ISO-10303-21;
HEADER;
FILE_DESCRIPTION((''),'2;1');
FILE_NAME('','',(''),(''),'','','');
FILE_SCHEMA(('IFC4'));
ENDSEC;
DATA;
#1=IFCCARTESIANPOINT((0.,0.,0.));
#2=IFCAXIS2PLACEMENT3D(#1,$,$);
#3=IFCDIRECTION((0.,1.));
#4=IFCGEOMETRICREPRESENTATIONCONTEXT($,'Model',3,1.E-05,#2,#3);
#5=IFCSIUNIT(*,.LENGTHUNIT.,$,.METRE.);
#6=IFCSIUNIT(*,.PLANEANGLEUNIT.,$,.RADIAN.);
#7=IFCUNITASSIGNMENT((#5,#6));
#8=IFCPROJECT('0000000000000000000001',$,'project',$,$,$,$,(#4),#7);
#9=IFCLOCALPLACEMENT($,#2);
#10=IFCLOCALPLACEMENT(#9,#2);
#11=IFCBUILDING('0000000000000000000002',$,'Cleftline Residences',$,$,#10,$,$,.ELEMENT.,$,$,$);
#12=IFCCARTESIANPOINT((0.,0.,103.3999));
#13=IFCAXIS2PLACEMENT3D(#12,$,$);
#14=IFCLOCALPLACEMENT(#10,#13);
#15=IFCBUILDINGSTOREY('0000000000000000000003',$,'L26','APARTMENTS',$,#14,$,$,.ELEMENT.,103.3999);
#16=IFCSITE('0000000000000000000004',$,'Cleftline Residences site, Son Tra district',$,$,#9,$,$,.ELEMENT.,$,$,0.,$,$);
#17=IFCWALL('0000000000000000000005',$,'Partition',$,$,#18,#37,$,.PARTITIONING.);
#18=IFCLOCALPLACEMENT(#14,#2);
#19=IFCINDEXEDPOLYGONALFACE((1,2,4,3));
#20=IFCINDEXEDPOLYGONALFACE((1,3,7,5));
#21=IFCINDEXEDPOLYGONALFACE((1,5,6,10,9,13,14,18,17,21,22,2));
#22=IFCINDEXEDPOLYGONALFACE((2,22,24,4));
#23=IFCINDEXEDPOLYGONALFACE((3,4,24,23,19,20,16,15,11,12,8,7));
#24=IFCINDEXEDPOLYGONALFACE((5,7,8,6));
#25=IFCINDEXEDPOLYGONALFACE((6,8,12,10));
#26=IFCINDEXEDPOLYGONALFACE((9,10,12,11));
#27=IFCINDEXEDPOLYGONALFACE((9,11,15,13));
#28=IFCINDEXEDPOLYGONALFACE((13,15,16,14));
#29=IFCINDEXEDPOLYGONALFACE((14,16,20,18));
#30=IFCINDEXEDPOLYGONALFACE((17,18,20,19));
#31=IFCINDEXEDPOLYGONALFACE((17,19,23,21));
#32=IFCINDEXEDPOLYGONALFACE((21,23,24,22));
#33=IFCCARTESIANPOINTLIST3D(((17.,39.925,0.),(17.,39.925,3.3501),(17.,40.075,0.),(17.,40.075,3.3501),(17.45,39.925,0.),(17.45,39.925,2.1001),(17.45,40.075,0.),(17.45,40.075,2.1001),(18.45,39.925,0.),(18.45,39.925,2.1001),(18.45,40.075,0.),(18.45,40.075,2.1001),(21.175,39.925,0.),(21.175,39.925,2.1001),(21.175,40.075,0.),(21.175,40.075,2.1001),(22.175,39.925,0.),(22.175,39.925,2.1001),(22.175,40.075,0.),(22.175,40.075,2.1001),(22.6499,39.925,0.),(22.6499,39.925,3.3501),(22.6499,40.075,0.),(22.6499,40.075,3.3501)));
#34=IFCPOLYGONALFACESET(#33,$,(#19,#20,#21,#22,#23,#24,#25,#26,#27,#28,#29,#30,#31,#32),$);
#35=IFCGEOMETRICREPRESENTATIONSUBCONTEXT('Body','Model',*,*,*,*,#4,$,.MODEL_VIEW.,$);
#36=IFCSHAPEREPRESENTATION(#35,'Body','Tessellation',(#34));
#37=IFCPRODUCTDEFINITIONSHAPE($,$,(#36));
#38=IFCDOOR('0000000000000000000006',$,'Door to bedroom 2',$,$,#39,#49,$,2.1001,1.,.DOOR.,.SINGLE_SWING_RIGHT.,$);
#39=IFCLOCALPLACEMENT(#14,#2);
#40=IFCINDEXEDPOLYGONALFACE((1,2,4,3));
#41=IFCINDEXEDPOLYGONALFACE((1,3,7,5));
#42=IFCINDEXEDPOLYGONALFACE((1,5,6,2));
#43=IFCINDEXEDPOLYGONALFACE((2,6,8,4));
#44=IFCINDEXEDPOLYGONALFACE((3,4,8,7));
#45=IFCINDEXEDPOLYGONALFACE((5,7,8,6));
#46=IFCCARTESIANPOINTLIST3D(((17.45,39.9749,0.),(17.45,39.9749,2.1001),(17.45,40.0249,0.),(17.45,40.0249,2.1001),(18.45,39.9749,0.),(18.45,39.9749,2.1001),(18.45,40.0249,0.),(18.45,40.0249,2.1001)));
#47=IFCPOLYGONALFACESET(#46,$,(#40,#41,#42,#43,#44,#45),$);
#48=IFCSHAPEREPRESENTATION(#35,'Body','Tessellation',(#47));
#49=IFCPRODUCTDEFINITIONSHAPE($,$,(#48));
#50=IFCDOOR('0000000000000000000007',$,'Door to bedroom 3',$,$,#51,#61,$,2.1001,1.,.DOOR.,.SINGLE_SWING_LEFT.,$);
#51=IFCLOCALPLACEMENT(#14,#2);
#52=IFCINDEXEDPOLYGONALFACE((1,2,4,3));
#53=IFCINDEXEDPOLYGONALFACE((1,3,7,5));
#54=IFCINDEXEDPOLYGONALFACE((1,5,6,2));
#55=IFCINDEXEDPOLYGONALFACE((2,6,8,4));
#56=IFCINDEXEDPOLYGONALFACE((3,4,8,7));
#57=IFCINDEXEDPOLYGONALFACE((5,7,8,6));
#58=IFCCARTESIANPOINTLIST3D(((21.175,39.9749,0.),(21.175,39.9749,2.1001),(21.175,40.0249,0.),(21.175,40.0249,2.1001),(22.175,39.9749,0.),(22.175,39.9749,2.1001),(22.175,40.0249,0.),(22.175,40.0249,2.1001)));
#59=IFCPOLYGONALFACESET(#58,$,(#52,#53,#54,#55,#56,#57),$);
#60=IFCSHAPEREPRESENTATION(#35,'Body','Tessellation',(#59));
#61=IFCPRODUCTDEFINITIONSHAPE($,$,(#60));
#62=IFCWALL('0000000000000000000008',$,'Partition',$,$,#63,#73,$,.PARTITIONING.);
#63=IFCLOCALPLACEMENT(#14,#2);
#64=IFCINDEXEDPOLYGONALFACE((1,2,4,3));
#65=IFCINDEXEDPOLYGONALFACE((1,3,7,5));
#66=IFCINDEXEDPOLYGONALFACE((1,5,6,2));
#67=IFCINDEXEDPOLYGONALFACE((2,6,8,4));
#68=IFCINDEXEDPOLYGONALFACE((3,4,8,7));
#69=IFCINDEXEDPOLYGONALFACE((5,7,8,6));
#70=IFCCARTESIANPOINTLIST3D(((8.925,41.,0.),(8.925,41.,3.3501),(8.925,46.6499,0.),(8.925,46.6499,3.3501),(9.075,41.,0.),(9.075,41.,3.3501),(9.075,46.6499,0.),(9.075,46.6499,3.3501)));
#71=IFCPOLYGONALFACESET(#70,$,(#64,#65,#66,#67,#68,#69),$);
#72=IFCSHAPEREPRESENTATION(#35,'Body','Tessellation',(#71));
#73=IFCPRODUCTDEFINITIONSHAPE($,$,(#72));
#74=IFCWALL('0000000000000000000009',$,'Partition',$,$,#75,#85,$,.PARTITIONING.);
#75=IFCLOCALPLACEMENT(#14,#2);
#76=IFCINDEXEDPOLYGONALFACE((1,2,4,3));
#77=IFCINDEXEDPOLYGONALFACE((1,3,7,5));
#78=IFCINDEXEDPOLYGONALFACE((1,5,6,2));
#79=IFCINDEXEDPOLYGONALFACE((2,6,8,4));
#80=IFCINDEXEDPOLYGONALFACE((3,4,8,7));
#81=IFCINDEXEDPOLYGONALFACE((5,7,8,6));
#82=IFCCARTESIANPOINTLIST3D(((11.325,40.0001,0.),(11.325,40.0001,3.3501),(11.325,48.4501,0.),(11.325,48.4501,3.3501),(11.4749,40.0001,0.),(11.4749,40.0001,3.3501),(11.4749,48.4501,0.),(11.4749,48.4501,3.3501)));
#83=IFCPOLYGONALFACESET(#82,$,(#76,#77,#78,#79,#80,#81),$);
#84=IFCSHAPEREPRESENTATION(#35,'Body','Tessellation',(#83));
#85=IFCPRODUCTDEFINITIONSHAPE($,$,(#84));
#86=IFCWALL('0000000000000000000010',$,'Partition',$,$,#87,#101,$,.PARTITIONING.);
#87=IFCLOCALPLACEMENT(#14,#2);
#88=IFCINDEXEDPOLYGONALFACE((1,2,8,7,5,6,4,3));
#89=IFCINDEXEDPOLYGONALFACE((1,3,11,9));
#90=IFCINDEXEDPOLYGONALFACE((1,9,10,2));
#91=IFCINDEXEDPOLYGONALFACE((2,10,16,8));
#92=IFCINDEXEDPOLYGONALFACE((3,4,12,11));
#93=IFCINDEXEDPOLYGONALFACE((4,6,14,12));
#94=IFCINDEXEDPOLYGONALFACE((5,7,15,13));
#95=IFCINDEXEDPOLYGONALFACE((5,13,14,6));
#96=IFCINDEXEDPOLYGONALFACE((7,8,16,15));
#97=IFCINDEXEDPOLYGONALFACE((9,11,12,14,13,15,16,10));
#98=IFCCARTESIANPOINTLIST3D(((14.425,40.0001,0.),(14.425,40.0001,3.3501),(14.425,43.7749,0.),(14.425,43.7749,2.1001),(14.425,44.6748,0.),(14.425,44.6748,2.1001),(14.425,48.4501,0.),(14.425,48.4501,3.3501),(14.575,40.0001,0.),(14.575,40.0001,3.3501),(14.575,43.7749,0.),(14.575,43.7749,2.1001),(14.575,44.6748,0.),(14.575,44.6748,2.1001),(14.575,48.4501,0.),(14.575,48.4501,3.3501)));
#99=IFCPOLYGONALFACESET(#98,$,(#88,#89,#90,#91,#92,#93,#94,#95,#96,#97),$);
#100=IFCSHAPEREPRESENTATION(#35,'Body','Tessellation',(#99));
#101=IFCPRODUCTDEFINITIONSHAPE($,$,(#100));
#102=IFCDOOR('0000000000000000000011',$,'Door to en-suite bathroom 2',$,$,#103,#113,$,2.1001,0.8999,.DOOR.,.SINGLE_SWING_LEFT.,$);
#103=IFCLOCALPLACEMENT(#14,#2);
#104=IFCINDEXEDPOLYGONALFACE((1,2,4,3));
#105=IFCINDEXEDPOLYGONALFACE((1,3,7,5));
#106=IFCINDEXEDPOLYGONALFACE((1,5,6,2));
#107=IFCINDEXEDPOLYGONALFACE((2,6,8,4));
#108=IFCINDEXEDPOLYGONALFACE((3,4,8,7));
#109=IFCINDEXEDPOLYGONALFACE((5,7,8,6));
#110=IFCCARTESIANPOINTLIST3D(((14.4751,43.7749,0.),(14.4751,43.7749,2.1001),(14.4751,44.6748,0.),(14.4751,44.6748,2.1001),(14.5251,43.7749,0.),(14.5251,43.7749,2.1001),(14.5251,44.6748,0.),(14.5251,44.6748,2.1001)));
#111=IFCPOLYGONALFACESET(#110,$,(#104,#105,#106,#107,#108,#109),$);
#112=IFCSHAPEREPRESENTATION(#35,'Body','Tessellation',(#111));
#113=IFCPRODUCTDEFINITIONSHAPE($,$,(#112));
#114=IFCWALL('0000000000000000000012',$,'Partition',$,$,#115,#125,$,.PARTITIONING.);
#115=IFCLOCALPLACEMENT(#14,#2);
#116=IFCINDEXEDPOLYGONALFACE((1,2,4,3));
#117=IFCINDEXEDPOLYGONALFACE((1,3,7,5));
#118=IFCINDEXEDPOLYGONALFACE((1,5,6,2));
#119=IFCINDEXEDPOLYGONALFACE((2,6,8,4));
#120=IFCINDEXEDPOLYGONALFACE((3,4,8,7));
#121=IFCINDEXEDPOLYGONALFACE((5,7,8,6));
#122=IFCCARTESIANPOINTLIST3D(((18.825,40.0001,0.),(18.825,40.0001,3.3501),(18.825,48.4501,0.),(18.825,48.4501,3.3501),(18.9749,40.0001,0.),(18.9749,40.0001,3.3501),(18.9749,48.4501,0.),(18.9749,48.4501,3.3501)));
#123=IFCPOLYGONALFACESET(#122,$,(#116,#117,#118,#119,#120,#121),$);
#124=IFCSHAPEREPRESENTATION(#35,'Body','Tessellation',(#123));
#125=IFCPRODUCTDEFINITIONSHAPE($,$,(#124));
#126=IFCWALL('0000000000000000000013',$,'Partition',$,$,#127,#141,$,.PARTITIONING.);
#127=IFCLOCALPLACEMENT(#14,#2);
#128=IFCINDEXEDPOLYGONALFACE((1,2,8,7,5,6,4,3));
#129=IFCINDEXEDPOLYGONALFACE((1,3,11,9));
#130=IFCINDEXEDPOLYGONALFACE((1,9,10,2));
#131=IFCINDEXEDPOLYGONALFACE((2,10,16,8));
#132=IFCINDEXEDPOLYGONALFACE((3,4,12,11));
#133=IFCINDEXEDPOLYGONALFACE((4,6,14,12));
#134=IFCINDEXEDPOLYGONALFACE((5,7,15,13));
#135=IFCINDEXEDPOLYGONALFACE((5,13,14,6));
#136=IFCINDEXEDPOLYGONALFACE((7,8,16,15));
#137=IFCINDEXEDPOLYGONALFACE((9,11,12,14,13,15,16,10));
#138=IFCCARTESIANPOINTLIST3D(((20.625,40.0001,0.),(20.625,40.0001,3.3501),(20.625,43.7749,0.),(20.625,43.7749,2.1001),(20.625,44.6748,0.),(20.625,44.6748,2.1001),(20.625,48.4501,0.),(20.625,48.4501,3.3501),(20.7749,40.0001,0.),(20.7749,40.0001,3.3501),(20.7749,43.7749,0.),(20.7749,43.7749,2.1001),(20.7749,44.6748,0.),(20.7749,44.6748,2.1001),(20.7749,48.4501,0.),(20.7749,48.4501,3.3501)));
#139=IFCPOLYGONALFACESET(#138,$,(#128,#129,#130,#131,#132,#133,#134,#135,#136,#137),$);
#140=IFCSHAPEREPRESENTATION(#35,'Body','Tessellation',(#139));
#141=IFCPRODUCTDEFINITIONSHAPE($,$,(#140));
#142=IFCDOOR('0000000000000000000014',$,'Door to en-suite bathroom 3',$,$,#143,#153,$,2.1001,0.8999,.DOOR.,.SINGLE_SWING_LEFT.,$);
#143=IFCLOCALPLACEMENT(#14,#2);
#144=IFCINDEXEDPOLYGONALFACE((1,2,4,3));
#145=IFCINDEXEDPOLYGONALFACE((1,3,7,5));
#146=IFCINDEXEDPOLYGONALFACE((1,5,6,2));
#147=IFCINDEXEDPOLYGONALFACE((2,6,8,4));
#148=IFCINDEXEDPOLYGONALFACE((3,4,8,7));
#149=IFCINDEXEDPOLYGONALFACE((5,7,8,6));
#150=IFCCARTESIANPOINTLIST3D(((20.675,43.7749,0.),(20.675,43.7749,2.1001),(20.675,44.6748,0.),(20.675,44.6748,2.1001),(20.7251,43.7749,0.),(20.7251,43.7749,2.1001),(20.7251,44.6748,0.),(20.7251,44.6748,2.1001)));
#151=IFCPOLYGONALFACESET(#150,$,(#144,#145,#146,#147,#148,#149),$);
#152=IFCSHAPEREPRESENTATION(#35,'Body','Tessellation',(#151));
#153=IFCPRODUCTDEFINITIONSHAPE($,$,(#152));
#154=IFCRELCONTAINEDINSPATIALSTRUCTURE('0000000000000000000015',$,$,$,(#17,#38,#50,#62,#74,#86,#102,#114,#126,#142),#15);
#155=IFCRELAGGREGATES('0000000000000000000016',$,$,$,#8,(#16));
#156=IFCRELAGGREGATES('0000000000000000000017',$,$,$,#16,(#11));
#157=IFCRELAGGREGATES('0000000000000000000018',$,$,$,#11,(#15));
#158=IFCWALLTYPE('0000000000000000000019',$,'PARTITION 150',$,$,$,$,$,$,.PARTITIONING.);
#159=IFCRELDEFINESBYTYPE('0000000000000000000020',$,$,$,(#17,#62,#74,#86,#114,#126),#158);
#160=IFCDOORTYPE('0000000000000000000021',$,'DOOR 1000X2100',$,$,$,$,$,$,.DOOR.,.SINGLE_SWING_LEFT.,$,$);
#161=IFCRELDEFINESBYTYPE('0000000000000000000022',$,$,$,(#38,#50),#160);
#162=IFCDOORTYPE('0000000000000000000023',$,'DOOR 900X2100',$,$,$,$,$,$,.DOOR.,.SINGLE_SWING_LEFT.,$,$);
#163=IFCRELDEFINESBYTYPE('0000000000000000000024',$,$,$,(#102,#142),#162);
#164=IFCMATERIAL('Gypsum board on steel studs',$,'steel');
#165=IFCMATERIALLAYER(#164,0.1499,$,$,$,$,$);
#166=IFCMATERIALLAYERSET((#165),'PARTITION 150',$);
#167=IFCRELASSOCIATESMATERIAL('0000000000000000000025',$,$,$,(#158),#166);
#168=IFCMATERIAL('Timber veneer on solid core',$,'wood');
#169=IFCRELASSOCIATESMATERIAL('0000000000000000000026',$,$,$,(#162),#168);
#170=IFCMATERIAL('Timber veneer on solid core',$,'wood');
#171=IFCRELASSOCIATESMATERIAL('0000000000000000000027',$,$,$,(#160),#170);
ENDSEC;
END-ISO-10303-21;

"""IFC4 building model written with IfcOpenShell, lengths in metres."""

from ifc_helpers import new_model, si_unit, direction, frame, frame_2d, origin, place, context, subcontext, project, spatial, rectangle, extrude, material, layer, layer_set, type_object, element, fill, save


model = new_model("IFC4")

# Units and contexts
model_context = context("Model", 3, precision=1e-05, world=origin(), true_north=direction((0.0, 1.0)))
body_context = subcontext(model_context, "Body", "Model", "MODEL_VIEW")
ifc_project = project(units=[si_unit("LENGTHUNIT", "METRE"), si_unit("PLANEANGLEUNIT", "RADIAN")], contexts=[model_context])

# Site, building, storey
site_placement = place(None, origin())
site = spatial("IfcSite", under=ifc_project, at=site_placement, Name="Cleftline Residences site, Son Tra district", CompositionType="ELEMENT", RefElevation=0.0)
building_placement = place(site_placement, origin())
building = spatial("IfcBuilding", under=site, at=building_placement, Name="Cleftline Residences", CompositionType="ELEMENT")
storey_placement = place(building_placement, frame((0.0, 0.0, 103.3999)))
storey = spatial("IfcBuildingStorey", under=building, at=storey_placement, Name="L26", Description="APARTMENTS", CompositionType="ELEMENT", Elevation=103.3999)

# Shared definitions
ifc_material_1 = material(Name="Gypsum board on steel studs", Category="steel")
ifc_layer = layer(ifc_material_1, 0.1499)
ifc_layer_set = layer_set([ifc_layer], Name="PARTITION 150")
wall_type = type_object("IfcWallType", Name="PARTITION 150", PredefinedType="PARTITIONING", material=ifc_layer_set)
ifc_material_2 = material(Name="Timber veneer on solid core", Category="wood")
door_type_1 = type_object("IfcDoorType", Name="DOOR 900X2100", OperationType="SINGLE_SWING_LEFT", PredefinedType="DOOR", material=ifc_material_2)

# Wall, openings, doors
wall_1_placement = place(storey_placement, frame((17.0, 40.0, 0.0), z_axis=(0.0, 0.0, 1.0), x_axis=(1.0, 0.0, 0.0)))
wall_1 = element("IfcWall", 1, at=wall_1_placement, inside=storey, type_object=wall_type, Name="Partition", PredefinedType="PARTITIONING", context=body_context, shape_type="SweptSolid", body=[
    extrude(rectangle(XDim=5.6499, YDim=0.1499, at=frame_2d((2.825, 0.0))), origin(), (0.0, 0.0, 1.0), 3.3501),
])
opening_1_placement = place(wall_1_placement, frame((0.45, 0.0, 0.0)))
opening_1 = element("IfcOpeningElement", 2, at=opening_1_placement, cuts=wall_1, PredefinedType="OPENING", context=body_context, shape_type="SweptSolid", body=[
    extrude(rectangle(XDim=1.0, YDim=2.1001, at=frame_2d((0.5, 1.05))), frame((0.0, 0.085, 0.0), z_axis=(0.0, -1.0, 0.0), x_axis=(1.0, 0.0, 0.0)), (0.0, 0.0, 1.0), 0.1699),
])
opening_2_placement = place(wall_1_placement, frame((4.175, 0.0, 0.0)))
opening_2 = element("IfcOpeningElement", 3, at=opening_2_placement, cuts=wall_1, PredefinedType="OPENING", context=body_context, shape_type="SweptSolid", body=[
    extrude(rectangle(XDim=1.0, YDim=2.1001, at=frame_2d((0.5, 1.05))), frame((0.0, 0.085, 0.0), z_axis=(0.0, -1.0, 0.0), x_axis=(1.0, 0.0, 0.0)), (0.0, 0.0, 1.0), 0.1699),
])
ifc_material_3 = material(Name="Timber veneer on solid core", Category="wood")
door_type_2 = type_object("IfcDoorType", Name="DOOR 1000X2100", OperationType="SINGLE_SWING_LEFT", PredefinedType="DOOR", material=ifc_material_3)
door_1_placement = place(opening_1_placement, origin())
door_1 = element("IfcDoor", 4, at=door_1_placement, inside=storey, type_object=door_type_2, Name="Door to bedroom 2", OperationType="SINGLE_SWING_RIGHT", OverallHeight=2.1001, OverallWidth=1.0, PredefinedType="DOOR", context=body_context, shape_type="SweptSolid", body=[
    extrude(rectangle(XDim=1.0, YDim=2.1001, at=frame_2d((0.5, 1.05))), frame((0.0, 0.0249, 0.0), z_axis=(0.0, -1.0, 0.0), x_axis=(1.0, 0.0, 0.0)), (0.0, 0.0, 1.0), 0.05),
])
fill(opening_1, door_1)
door_2_placement = place(opening_2_placement, origin())
door_2 = element("IfcDoor", 5, at=door_2_placement, inside=storey, type_object=door_type_2, Name="Door to bedroom 3", OperationType="SINGLE_SWING_LEFT", OverallHeight=2.1001, OverallWidth=1.0, PredefinedType="DOOR", context=body_context, shape_type="SweptSolid", body=[
    extrude(rectangle(XDim=1.0, YDim=2.1001, at=frame_2d((0.5, 1.05))), frame((0.0, 0.0249, 0.0), z_axis=(0.0, -1.0, 0.0), x_axis=(1.0, 0.0, 0.0)), (0.0, 0.0, 1.0), 0.05),
])
fill(opening_2, door_2)

# Walls
wall_2_placement = place(storey_placement, frame((9.0, 41.0, 0.0), z_axis=(0.0, 0.0, 1.0), x_axis=(0.0, 1.0, 0.0)))
element("IfcWall", 6, at=wall_2_placement, inside=storey, type_object=wall_type, Name="Partition", PredefinedType="PARTITIONING", context=body_context, shape_type="SweptSolid", body=[
    extrude(rectangle(XDim=5.6499, YDim=0.1499, at=frame_2d((2.825, 0.0))), origin(), (0.0, 0.0, 1.0), 3.3501),
])
wall_3_placement = place(storey_placement, frame((11.3999, 40.0, 0.0), z_axis=(0.0, 0.0, 1.0), x_axis=(0.0, 1.0, 0.0)))
element("IfcWall", 7, at=wall_3_placement, inside=storey, type_object=wall_type, Name="Partition", PredefinedType="PARTITIONING", context=body_context, shape_type="SweptSolid", body=[
    extrude(rectangle(XDim=8.45, YDim=0.1499, at=frame_2d((4.2251, 0.0))), origin(), (0.0, 0.0, 1.0), 3.3501),
])

# Wall, opening, door
wall_4_placement = place(storey_placement, frame((14.5, 40.0, 0.0), z_axis=(0.0, 0.0, 1.0), x_axis=(0.0, 1.0, 0.0)))
wall_4 = element("IfcWall", 8, at=wall_4_placement, inside=storey, type_object=wall_type, Name="Partition", PredefinedType="PARTITIONING", context=body_context, shape_type="SweptSolid", body=[
    extrude(rectangle(XDim=8.45, YDim=0.1499, at=frame_2d((4.2251, 0.0))), origin(), (0.0, 0.0, 1.0), 3.3501),
])
opening_3_placement = place(wall_4_placement, frame((3.7749, 0.0, 0.0)))
opening_3 = element("IfcOpeningElement", 9, at=opening_3_placement, cuts=wall_4, PredefinedType="OPENING", context=body_context, shape_type="SweptSolid", body=[
    extrude(rectangle(XDim=0.8999, YDim=2.1001, at=frame_2d((0.45, 1.05))), frame((0.0, 0.085, 0.0), z_axis=(0.0, -1.0, 0.0), x_axis=(1.0, 0.0, 0.0)), (0.0, 0.0, 1.0), 0.1699),
])
door_3_placement = place(opening_3_placement, origin())
door_3 = element("IfcDoor", 10, at=door_3_placement, inside=storey, type_object=door_type_1, Name="Door to en-suite bathroom 2", OperationType="SINGLE_SWING_LEFT", OverallHeight=2.1001, OverallWidth=0.8999, PredefinedType="DOOR", context=body_context, shape_type="SweptSolid", body=[
    extrude(rectangle(XDim=0.8999, YDim=2.1001, at=frame_2d((0.45, 1.05))), frame((0.0, 0.0249, 0.0), z_axis=(0.0, -1.0, 0.0), x_axis=(1.0, 0.0, 0.0)), (0.0, 0.0, 1.0), 0.05),
])
fill(opening_3, door_3)

# Wall
wall_5_placement = place(storey_placement, frame((18.8999, 40.0, 0.0), z_axis=(0.0, 0.0, 1.0), x_axis=(0.0, 1.0, 0.0)))
element("IfcWall", 11, at=wall_5_placement, inside=storey, type_object=wall_type, Name="Partition", PredefinedType="PARTITIONING", context=body_context, shape_type="SweptSolid", body=[
    extrude(rectangle(XDim=8.45, YDim=0.1499, at=frame_2d((4.2251, 0.0))), origin(), (0.0, 0.0, 1.0), 3.3501),
])

# Wall, opening, door
wall_6_placement = place(storey_placement, frame((20.7, 40.0, 0.0), z_axis=(0.0, 0.0, 1.0), x_axis=(0.0, 1.0, 0.0)))
wall_6 = element("IfcWall", 12, at=wall_6_placement, inside=storey, type_object=wall_type, Name="Partition", PredefinedType="PARTITIONING", context=body_context, shape_type="SweptSolid", body=[
    extrude(rectangle(XDim=8.45, YDim=0.1499, at=frame_2d((4.2251, 0.0))), origin(), (0.0, 0.0, 1.0), 3.3501),
])
opening_4_placement = place(wall_6_placement, frame((3.7749, 0.0, 0.0)))
opening_4 = element("IfcOpeningElement", 13, at=opening_4_placement, cuts=wall_6, PredefinedType="OPENING", context=body_context, shape_type="SweptSolid", body=[
    extrude(rectangle(XDim=0.8999, YDim=2.1001, at=frame_2d((0.45, 1.05))), frame((0.0, 0.085, 0.0), z_axis=(0.0, -1.0, 0.0), x_axis=(1.0, 0.0, 0.0)), (0.0, 0.0, 1.0), 0.1699),
])
door_4_placement = place(opening_4_placement, origin())
door_4 = element("IfcDoor", 14, at=door_4_placement, inside=storey, type_object=door_type_1, Name="Door to en-suite bathroom 3", OperationType="SINGLE_SWING_LEFT", OverallHeight=2.1001, OverallWidth=0.8999, PredefinedType="DOOR", context=body_context, shape_type="SweptSolid", body=[
    extrude(rectangle(XDim=0.8999, YDim=2.1001, at=frame_2d((0.45, 1.05))), frame((0.0, 0.0249, 0.0), z_axis=(0.0, -1.0, 0.0), x_axis=(1.0, 0.0, 0.0)), (0.0, 0.0, 1.0), 0.05),
])
fill(opening_4, door_4)

save(model, "model.ifc")
